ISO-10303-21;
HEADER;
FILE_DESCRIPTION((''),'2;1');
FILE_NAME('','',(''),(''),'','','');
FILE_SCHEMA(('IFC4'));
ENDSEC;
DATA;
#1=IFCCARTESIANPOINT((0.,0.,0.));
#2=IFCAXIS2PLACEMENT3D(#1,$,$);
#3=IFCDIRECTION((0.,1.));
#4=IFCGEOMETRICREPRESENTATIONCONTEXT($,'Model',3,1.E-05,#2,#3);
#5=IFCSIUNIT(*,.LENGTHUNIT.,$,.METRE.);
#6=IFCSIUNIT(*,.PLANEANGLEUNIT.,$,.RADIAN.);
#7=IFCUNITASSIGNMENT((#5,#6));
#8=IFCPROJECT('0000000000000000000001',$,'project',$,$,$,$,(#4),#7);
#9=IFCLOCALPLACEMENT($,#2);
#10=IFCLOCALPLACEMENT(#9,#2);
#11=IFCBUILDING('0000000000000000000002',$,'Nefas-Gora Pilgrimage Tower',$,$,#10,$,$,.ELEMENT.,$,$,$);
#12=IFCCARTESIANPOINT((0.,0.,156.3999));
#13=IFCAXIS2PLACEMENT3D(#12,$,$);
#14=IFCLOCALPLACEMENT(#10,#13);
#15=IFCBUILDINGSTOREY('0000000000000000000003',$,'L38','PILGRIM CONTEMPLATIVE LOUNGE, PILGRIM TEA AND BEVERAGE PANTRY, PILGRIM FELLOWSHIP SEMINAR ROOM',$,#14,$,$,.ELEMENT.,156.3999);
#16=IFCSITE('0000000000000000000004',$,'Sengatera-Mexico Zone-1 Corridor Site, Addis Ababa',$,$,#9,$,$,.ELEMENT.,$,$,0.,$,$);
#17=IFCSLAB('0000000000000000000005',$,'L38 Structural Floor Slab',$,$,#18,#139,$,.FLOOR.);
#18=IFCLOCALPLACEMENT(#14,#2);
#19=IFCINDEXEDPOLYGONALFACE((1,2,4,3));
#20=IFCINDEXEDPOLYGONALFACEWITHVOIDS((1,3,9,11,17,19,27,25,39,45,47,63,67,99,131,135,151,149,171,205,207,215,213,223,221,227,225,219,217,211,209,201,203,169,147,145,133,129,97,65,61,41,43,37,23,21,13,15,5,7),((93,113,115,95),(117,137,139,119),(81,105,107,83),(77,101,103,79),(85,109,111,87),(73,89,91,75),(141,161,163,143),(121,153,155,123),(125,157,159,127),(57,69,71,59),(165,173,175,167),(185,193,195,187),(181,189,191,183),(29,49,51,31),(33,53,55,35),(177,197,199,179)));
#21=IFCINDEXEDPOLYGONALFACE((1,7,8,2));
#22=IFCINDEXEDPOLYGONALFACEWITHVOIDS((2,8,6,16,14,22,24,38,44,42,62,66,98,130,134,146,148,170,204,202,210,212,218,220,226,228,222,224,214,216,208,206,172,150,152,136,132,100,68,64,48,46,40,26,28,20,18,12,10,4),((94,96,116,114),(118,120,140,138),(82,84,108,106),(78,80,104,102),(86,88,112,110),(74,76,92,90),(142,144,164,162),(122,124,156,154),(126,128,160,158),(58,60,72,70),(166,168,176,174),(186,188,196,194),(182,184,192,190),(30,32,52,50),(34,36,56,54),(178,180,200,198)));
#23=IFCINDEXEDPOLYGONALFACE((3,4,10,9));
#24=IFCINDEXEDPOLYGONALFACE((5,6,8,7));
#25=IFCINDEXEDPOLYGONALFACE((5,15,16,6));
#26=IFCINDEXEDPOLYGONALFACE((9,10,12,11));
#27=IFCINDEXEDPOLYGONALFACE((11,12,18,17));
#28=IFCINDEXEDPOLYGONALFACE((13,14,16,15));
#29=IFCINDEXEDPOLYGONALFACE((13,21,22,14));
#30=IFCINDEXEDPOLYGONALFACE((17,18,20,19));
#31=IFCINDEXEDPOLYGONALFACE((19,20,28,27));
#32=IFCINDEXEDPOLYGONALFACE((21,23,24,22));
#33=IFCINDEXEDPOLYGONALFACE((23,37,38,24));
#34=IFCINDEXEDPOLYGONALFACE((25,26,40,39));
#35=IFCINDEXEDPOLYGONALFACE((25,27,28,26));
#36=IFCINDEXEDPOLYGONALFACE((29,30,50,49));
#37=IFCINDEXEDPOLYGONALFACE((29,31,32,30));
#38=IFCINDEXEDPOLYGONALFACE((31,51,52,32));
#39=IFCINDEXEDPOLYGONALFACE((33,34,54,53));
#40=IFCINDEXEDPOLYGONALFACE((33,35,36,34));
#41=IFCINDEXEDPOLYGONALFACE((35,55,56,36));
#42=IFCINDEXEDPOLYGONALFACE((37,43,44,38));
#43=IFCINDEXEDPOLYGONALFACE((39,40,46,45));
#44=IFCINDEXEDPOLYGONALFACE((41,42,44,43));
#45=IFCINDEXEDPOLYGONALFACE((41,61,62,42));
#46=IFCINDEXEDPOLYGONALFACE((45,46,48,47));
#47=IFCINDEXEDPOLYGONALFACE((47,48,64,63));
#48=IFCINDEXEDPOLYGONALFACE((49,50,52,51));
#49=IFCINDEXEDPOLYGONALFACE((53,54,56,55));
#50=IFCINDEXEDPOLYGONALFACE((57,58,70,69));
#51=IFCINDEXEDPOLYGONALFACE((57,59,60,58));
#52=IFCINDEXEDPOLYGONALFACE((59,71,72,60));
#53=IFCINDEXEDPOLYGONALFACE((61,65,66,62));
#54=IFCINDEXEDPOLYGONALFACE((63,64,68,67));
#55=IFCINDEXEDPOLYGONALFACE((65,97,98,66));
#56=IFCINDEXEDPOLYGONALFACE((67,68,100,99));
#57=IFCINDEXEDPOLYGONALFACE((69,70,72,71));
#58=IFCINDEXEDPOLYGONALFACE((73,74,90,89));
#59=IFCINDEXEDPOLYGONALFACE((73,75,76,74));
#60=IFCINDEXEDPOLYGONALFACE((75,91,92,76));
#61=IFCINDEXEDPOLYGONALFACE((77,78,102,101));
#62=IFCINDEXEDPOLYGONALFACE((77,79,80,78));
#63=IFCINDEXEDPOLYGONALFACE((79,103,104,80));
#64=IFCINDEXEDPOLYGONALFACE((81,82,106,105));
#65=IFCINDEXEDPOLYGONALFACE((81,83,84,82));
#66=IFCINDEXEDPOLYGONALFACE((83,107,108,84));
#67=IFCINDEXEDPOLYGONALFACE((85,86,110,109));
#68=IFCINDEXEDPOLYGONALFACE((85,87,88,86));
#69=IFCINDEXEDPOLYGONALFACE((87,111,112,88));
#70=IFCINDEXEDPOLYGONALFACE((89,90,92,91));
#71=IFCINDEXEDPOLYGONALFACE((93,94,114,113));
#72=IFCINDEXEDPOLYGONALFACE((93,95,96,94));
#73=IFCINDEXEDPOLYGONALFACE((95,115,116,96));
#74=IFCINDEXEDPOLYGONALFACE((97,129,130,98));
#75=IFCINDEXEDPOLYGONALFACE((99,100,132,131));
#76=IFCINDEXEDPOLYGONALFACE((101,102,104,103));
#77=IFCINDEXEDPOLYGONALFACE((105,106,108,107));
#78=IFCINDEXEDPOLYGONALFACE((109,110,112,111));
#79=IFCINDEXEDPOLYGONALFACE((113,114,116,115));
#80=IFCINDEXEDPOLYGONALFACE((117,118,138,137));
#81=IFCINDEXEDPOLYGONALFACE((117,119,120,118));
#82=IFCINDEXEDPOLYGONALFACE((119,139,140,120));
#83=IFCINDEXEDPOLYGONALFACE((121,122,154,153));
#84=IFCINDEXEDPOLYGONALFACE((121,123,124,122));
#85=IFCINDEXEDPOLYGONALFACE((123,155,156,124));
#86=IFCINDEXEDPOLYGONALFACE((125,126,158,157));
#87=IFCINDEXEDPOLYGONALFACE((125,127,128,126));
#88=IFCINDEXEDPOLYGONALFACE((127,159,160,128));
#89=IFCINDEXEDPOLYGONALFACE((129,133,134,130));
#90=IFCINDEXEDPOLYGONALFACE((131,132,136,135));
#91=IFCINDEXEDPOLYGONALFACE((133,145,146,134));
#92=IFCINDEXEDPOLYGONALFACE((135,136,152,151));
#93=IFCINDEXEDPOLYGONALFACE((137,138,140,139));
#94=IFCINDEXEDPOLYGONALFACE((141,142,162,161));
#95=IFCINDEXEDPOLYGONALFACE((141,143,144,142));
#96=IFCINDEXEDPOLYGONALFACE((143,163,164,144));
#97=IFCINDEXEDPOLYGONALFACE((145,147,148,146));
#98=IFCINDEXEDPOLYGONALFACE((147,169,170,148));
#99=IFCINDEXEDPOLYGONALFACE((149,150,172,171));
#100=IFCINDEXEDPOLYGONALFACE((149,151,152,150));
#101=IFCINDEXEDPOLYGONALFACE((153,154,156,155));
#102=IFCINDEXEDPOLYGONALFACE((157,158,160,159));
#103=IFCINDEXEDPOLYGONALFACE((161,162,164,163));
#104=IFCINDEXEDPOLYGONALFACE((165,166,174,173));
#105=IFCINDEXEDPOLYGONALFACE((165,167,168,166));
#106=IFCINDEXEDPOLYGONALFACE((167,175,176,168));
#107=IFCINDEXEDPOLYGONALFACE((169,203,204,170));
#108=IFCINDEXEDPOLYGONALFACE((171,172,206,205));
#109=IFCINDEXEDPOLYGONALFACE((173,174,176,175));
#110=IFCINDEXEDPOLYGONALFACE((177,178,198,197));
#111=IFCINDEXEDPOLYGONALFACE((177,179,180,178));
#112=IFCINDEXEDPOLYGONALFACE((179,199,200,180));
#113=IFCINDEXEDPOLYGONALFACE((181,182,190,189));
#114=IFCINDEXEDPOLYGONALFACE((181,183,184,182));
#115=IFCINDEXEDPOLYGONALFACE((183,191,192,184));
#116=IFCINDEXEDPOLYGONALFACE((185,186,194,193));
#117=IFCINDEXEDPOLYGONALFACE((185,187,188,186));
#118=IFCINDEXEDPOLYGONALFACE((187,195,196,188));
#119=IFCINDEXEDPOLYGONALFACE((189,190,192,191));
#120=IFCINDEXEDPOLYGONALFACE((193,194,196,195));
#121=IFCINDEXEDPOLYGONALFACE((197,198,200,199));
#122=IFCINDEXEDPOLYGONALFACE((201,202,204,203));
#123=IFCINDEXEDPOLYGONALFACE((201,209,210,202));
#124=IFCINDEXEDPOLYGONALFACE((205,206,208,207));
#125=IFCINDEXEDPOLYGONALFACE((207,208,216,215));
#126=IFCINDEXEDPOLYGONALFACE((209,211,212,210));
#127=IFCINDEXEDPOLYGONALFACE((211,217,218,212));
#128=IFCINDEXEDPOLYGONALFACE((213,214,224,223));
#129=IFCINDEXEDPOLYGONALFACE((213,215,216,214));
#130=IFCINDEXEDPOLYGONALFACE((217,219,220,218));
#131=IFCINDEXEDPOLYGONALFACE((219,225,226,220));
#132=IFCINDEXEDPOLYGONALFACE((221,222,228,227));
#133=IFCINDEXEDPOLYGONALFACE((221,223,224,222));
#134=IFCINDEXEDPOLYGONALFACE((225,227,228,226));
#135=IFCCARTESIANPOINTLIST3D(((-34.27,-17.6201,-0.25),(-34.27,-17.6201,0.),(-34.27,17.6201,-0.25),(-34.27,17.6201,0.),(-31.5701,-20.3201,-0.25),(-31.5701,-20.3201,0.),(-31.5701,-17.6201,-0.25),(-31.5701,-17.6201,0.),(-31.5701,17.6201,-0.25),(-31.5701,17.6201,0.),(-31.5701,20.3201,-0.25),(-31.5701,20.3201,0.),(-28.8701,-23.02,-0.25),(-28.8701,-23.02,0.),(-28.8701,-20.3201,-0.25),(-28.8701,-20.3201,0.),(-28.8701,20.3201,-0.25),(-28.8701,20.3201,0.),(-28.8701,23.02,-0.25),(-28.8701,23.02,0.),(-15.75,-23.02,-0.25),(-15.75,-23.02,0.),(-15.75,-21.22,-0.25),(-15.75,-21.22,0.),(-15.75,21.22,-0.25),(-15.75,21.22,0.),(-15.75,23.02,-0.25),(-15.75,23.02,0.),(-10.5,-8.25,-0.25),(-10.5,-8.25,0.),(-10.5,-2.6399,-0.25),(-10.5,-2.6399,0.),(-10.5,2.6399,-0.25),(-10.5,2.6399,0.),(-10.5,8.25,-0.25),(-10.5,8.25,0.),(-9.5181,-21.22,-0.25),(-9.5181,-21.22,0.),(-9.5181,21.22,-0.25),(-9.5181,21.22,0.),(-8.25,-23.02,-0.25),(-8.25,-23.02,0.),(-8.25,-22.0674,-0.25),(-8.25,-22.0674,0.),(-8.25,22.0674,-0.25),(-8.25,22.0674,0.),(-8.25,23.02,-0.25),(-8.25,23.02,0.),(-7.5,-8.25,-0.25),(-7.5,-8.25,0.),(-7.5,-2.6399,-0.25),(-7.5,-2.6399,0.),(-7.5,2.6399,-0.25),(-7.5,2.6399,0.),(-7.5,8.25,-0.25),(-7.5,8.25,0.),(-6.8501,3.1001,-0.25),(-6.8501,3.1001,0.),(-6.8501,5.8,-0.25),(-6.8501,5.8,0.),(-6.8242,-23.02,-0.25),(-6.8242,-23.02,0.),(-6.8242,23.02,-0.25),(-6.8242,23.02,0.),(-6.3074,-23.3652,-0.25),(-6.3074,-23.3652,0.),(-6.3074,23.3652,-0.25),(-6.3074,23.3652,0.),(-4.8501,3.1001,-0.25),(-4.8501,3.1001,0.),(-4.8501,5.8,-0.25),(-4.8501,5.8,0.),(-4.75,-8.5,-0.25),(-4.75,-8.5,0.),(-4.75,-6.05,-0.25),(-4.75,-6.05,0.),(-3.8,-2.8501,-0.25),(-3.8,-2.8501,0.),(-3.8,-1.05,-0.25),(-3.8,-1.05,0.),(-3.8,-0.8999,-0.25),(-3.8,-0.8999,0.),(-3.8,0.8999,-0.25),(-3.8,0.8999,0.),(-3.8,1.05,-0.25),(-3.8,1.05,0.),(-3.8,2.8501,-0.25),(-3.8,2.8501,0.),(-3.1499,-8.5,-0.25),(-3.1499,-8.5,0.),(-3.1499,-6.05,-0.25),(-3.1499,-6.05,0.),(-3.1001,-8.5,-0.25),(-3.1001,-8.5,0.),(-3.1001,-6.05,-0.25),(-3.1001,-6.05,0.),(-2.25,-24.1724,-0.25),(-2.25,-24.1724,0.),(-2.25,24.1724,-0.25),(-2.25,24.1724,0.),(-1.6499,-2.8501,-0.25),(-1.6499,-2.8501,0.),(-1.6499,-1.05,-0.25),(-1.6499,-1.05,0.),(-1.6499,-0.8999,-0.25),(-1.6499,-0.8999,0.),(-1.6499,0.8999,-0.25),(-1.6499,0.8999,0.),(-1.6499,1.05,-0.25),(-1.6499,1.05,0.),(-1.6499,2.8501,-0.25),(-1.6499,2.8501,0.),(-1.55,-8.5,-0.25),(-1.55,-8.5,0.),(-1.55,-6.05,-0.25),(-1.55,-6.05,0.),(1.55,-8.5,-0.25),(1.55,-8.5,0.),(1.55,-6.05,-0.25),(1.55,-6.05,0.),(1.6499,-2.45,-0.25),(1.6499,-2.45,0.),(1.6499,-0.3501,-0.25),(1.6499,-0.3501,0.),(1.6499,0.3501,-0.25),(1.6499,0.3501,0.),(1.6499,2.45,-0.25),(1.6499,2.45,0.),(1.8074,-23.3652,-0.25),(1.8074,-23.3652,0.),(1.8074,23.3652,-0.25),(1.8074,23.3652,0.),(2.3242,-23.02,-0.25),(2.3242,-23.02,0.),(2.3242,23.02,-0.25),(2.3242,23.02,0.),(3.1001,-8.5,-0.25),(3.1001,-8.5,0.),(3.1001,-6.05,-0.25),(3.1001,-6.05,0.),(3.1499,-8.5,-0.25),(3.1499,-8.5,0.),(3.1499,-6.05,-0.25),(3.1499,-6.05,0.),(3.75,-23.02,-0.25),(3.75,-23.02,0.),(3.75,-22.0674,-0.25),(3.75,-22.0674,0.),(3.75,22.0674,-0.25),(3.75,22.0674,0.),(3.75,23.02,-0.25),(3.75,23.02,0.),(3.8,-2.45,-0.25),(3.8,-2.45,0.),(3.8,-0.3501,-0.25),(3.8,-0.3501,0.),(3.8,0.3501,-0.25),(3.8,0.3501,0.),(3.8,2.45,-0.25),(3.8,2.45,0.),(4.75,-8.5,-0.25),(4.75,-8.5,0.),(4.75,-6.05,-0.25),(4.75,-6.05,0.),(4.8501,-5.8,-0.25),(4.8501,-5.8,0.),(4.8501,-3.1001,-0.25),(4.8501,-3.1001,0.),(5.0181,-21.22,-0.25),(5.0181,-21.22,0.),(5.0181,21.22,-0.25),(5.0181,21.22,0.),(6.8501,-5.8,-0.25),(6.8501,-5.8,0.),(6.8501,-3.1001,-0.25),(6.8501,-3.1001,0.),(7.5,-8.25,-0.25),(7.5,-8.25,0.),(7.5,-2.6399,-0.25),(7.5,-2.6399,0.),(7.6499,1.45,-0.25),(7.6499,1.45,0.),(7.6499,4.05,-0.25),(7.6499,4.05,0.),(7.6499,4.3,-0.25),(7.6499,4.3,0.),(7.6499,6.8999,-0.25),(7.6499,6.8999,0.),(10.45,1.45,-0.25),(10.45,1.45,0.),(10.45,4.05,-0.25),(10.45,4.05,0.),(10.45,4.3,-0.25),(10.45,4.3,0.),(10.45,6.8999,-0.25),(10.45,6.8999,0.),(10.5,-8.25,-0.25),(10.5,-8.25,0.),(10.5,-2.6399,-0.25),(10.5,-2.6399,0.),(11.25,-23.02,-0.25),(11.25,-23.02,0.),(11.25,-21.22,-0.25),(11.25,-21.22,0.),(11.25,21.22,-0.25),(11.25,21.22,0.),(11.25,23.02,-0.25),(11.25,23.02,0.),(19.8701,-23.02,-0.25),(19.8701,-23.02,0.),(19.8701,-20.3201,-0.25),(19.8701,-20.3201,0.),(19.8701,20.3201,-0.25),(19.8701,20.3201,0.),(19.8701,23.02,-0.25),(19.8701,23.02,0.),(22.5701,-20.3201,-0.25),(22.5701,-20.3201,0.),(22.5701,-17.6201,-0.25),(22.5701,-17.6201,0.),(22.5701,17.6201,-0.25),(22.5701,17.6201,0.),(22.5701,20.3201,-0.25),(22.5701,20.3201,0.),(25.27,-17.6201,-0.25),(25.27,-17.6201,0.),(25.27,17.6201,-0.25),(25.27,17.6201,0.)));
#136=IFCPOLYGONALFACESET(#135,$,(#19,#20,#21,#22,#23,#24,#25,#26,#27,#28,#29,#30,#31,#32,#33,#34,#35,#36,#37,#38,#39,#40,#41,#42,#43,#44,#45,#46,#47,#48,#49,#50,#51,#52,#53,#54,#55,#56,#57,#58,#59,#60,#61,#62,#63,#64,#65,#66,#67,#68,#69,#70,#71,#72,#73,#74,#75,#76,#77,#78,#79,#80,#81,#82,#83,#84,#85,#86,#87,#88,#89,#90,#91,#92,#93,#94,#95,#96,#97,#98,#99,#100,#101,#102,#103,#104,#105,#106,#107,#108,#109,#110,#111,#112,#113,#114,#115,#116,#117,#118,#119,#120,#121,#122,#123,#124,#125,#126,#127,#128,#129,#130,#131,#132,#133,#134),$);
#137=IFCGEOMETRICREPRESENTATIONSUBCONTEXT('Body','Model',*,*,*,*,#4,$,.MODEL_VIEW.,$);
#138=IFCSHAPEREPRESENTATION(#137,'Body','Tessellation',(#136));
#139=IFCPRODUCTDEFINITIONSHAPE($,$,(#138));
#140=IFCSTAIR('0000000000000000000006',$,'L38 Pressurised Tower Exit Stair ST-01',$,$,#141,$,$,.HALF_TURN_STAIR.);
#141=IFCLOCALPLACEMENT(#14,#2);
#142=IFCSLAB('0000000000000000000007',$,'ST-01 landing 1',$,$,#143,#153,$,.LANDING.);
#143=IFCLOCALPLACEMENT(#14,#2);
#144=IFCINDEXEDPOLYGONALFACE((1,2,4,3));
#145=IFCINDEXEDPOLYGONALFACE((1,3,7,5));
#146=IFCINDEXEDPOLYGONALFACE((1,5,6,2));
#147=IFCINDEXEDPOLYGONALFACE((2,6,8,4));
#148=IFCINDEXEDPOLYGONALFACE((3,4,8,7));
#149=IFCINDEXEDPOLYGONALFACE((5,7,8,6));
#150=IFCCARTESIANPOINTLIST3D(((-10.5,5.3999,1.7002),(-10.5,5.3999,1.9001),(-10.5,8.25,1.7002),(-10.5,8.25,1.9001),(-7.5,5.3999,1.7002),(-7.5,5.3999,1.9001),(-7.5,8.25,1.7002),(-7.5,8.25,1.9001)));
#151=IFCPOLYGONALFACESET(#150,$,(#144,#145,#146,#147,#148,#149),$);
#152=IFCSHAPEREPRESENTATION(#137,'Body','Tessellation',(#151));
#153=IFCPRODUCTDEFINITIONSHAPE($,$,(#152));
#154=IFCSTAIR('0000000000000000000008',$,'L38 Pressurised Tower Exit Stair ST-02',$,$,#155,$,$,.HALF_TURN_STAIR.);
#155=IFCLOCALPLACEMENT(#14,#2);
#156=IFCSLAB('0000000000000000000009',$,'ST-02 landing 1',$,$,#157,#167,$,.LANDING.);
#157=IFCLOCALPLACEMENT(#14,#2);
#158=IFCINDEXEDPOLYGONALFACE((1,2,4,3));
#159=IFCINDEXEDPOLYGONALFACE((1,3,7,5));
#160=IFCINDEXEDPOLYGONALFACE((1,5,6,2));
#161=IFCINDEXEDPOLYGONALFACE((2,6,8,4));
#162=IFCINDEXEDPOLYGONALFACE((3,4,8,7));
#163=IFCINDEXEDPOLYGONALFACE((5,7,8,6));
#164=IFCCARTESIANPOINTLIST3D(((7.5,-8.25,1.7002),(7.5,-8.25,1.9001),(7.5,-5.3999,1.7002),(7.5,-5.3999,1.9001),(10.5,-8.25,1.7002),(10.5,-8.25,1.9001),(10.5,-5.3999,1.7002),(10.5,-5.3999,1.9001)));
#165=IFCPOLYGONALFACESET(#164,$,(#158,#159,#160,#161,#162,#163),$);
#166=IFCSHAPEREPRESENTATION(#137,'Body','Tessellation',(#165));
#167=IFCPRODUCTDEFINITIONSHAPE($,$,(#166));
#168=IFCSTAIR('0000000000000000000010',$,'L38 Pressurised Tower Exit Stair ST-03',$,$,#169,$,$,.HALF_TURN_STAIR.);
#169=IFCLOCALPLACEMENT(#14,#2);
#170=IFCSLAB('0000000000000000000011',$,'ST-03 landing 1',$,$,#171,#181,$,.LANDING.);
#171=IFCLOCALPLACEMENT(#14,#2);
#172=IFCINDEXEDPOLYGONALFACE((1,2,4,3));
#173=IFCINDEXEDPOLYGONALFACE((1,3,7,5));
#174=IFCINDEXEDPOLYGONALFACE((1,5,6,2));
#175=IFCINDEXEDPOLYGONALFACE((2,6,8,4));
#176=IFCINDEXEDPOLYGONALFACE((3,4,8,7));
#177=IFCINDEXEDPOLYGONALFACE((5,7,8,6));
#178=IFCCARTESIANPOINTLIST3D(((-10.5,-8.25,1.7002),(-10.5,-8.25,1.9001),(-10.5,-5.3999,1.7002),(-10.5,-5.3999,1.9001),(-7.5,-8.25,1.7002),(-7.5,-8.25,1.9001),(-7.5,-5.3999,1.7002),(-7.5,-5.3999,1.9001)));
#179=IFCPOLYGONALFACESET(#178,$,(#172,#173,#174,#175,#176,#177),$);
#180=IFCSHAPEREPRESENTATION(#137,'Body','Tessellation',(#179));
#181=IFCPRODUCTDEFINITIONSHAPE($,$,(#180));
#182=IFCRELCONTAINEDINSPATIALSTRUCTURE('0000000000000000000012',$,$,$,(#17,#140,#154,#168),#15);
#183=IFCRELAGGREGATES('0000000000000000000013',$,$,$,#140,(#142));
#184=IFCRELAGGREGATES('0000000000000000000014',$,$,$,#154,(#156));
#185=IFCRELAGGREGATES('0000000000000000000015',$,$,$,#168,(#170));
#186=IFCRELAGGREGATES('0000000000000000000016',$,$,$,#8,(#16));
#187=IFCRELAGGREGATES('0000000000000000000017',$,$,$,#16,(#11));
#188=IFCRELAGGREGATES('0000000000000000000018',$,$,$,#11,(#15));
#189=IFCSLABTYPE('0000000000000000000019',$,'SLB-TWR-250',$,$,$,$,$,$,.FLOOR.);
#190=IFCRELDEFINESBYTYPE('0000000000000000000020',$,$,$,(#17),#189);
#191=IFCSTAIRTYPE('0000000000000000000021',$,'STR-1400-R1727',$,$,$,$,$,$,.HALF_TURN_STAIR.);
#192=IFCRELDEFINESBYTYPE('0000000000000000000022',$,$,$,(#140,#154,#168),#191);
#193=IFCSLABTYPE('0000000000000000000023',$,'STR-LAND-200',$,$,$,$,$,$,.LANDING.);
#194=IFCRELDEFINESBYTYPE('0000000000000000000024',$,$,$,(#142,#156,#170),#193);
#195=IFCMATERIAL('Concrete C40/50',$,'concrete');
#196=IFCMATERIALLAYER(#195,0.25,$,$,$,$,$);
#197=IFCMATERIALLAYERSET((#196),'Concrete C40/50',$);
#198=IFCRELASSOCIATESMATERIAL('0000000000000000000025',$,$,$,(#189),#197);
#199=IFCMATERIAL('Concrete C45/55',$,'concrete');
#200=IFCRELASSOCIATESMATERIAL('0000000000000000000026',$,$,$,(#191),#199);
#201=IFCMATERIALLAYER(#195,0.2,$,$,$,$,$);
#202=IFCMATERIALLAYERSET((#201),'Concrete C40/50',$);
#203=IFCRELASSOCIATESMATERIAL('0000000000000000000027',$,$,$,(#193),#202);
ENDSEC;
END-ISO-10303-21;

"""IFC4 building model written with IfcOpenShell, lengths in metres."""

from ifc_helpers import new_model, si_unit, direction, frame, origin, place, context, subcontext, project, spatial, polyline, outline, extrude, material, layer, layer_set, type_object, element, aggregate, save


model = new_model("IFC4")

# Units and contexts
model_context = context("Model", 3, precision=1e-05, world=origin(), true_north=direction((0.0, 1.0)))
body_context = subcontext(model_context, "Body", "Model", "MODEL_VIEW")
ifc_project = project(units=[si_unit("LENGTHUNIT", "METRE"), si_unit("PLANEANGLEUNIT", "RADIAN")], contexts=[model_context])

# Site, building, storey
site_placement = place(None, origin())
site = spatial("IfcSite", under=ifc_project, at=site_placement, Name="Sengatera-Mexico Zone-1 Corridor Site, Addis Ababa", CompositionType="ELEMENT", RefElevation=0.0)
building_placement = place(site_placement, origin())
building = spatial("IfcBuilding", under=site, at=building_placement, Name="Nefas-Gora Pilgrimage Tower", CompositionType="ELEMENT")
storey_placement = place(building_placement, frame((0.0, 0.0, 156.3999)))
storey = spatial("IfcBuildingStorey", under=building, at=storey_placement, Name="L38", Description="PILGRIM CONTEMPLATIVE LOUNGE, PILGRIM TEA AND BEVERAGE PANTRY, PILGRIM FELLOWSHIP SEMINAR ROOM", CompositionType="ELEMENT", Elevation=156.3999)

# Slab
ifc_material_1 = material(Name="Concrete C40/50", Category="concrete")
ifc_layer_1 = layer(ifc_material_1, 0.25)
ifc_layer_set_1 = layer_set([ifc_layer_1], Name="Concrete C40/50")
slab_type_1 = type_object("IfcSlabType", Name="SLB-TWR-250", PredefinedType="FLOOR", material=ifc_layer_set_1)
slab_1_placement = place(storey_placement, frame((0.0, 0.0, -0.25)))
element("IfcSlab", 1, at=slab_1_placement, inside=storey, type_object=slab_type_1, Name="L38 Structural Floor Slab", PredefinedType="FLOOR", context=body_context, shape_type="SweptSolid", body=[
    extrude(outline(polyline([(5.0181, -21.22), (11.25, -21.22), (11.25, -23.02), (19.8701, -23.02), (19.8701, -20.3201), (22.5701, -20.3201), (22.5701, -17.6201), (25.27, -17.6201), (25.27, 17.6201), (22.5701, 17.6201), (22.5701, 20.3201), (19.8701, 20.3201), (19.8701, 23.02), (11.25, 23.02), (11.25, 21.22), (5.0181, 21.22), (3.75, 22.0674), (3.75, 23.02), (2.3242, 23.02), (1.8074, 23.3652), (-2.25, 24.1724), (-6.3074, 23.3652), (-6.8242, 23.02), (-8.25, 23.02), (-8.25, 22.0674), (-9.5181, 21.22), (-15.75, 21.22), (-15.75, 23.02), (-28.8701, 23.02), (-28.8701, 20.3201), (-31.5701, 20.3201), (-31.5701, 17.6201), (-34.27, 17.6201), (-34.27, -17.6201), (-31.5701, -17.6201), (-31.5701, -20.3201), (-28.8701, -20.3201), (-28.8701, -23.02), (-15.75, -23.02), (-15.75, -21.22), (-9.5181, -21.22), (-8.25, -22.0674), (-8.25, -23.02), (-6.8242, -23.02), (-6.3074, -23.3652), (-2.25, -24.1724), (1.8074, -23.3652), (2.3242, -23.02), (3.75, -23.02), (3.75, -22.0674), (5.0181, -21.22)]), holes=[polyline([(-10.5, 2.6399), (-10.5, 8.25), (-7.5, 8.25), (-7.5, 2.6399), (-10.5, 2.6399)]), polyline([(10.5, -2.6399), (10.5, -8.25), (7.5, -8.25), (7.5, -2.6399), (10.5, -2.6399)]), polyline([(-7.5, -2.6399), (-7.5, -8.25), (-10.5, -8.25), (-10.5, -2.6399), (-7.5, -2.6399)]), polyline([(-6.8501, 5.8), (-4.8501, 5.8), (-4.8501, 3.1001), (-6.8501, 3.1001), (-6.8501, 5.8)]), polyline([(4.8501, -3.1001), (6.8501, -3.1001), (6.8501, -5.8), (4.8501, -5.8), (4.8501, -3.1001)]), polyline([(7.6499, 4.05), (10.45, 4.05), (10.45, 1.45), (7.6499, 1.45), (7.6499, 4.05)]), polyline([(7.6499, 6.8999), (10.45, 6.8999), (10.45, 4.3), (7.6499, 4.3), (7.6499, 6.8999)]), polyline([(-4.75, -6.05), (-3.1499, -6.05), (-3.1499, -8.5), (-4.75, -8.5), (-4.75, -6.05)]), polyline([(-3.1001, -6.05), (-1.55, -6.05), (-1.55, -8.5), (-3.1001, -8.5), (-3.1001, -6.05)]), polyline([(1.55, -6.05), (3.1001, -6.05), (3.1001, -8.5), (1.55, -8.5), (1.55, -6.05)]), polyline([(3.1499, -6.05), (4.75, -6.05), (4.75, -8.5), (3.1499, -8.5), (3.1499, -6.05)]), polyline([(-3.8, -1.05), (-1.6499, -1.05), (-1.6499, -2.8501), (-3.8, -2.8501), (-3.8, -1.05)]), polyline([(-3.8, 0.8999), (-1.6499, 0.8999), (-1.6499, -0.8999), (-3.8, -0.8999), (-3.8, 0.8999)]), polyline([(-3.8, 2.8501), (-1.6499, 2.8501), (-1.6499, 1.05), (-3.8, 1.05), (-3.8, 2.8501)]), polyline([(1.6499, -0.3501), (3.8, -0.3501), (3.8, -2.45), (1.6499, -2.45), (1.6499, -0.3501)]), polyline([(1.6499, 2.45), (3.8, 2.45), (3.8, 0.3501), (1.6499, 0.3501), (1.6499, 2.45)])]), origin(), (0.0, 0.0, 1.0), 0.25),
])

# Stairs, slabs
ifc_material_2 = material(Name="Concrete C45/55", Category="concrete")
stair_type = type_object("IfcStairType", Name="STR-1400-R1727", PredefinedType="HALF_TURN_STAIR", material=ifc_material_2)
stair_1_placement = place(storey_placement, origin())
stair_1 = element("IfcStair", 2, at=stair_1_placement, inside=storey, type_object=stair_type, Name="L38 Pressurised Tower Exit Stair ST-01", PredefinedType="HALF_TURN_STAIR")
ifc_layer_2 = layer(ifc_material_1, 0.2)
ifc_layer_set_2 = layer_set([ifc_layer_2], Name="Concrete C40/50")
slab_type_2 = type_object("IfcSlabType", Name="STR-LAND-200", PredefinedType="LANDING", material=ifc_layer_set_2)
slab_2_placement = place(storey_placement, frame((0.0, 0.0, 1.7002)))
slab_2 = element("IfcSlab", 3, at=slab_2_placement, type_object=slab_type_2, Name="ST-01 landing 1", PredefinedType="LANDING", context=body_context, shape_type="SweptSolid", body=[
    extrude(outline(polyline([(-7.5, 5.3999), (-7.5, 8.25), (-10.5, 8.25), (-10.5, 5.3999), (-7.5, 5.3999)])), origin(), (0.0, 0.0, 1.0), 0.2),
])
aggregate(stair_1, [slab_2])
stair_2_placement = place(storey_placement, origin())
stair_2 = element("IfcStair", 4, at=stair_2_placement, inside=storey, type_object=stair_type, Name="L38 Pressurised Tower Exit Stair ST-02", PredefinedType="HALF_TURN_STAIR")
slab_3_placement = place(storey_placement, frame((0.0, 0.0, 1.7002)))
slab_3 = element("IfcSlab", 5, at=slab_3_placement, type_object=slab_type_2, Name="ST-02 landing 1", PredefinedType="LANDING", context=body_context, shape_type="SweptSolid", body=[
    extrude(outline(polyline([(7.5, -5.3999), (7.5, -8.25), (10.5, -8.25), (10.5, -5.3999), (7.5, -5.3999)])), origin(), (0.0, 0.0, 1.0), 0.2),
])
aggregate(stair_2, [slab_3])
stair_3_placement = place(storey_placement, origin())
stair_3 = element("IfcStair", 6, at=stair_3_placement, inside=storey, type_object=stair_type, Name="L38 Pressurised Tower Exit Stair ST-03", PredefinedType="HALF_TURN_STAIR")
slab_4_placement = place(storey_placement, frame((0.0, 0.0, 1.7002)))
slab_4 = element("IfcSlab", 7, at=slab_4_placement, type_object=slab_type_2, Name="ST-03 landing 1", PredefinedType="LANDING", context=body_context, shape_type="SweptSolid", body=[
    extrude(outline(polyline([(-10.5, -5.3999), (-10.5, -8.25), (-7.5, -8.25), (-7.5, -5.3999), (-10.5, -5.3999)])), origin(), (0.0, 0.0, 1.0), 0.2),
])
aggregate(stair_3, [slab_4])

save(model, "model.ifc")
